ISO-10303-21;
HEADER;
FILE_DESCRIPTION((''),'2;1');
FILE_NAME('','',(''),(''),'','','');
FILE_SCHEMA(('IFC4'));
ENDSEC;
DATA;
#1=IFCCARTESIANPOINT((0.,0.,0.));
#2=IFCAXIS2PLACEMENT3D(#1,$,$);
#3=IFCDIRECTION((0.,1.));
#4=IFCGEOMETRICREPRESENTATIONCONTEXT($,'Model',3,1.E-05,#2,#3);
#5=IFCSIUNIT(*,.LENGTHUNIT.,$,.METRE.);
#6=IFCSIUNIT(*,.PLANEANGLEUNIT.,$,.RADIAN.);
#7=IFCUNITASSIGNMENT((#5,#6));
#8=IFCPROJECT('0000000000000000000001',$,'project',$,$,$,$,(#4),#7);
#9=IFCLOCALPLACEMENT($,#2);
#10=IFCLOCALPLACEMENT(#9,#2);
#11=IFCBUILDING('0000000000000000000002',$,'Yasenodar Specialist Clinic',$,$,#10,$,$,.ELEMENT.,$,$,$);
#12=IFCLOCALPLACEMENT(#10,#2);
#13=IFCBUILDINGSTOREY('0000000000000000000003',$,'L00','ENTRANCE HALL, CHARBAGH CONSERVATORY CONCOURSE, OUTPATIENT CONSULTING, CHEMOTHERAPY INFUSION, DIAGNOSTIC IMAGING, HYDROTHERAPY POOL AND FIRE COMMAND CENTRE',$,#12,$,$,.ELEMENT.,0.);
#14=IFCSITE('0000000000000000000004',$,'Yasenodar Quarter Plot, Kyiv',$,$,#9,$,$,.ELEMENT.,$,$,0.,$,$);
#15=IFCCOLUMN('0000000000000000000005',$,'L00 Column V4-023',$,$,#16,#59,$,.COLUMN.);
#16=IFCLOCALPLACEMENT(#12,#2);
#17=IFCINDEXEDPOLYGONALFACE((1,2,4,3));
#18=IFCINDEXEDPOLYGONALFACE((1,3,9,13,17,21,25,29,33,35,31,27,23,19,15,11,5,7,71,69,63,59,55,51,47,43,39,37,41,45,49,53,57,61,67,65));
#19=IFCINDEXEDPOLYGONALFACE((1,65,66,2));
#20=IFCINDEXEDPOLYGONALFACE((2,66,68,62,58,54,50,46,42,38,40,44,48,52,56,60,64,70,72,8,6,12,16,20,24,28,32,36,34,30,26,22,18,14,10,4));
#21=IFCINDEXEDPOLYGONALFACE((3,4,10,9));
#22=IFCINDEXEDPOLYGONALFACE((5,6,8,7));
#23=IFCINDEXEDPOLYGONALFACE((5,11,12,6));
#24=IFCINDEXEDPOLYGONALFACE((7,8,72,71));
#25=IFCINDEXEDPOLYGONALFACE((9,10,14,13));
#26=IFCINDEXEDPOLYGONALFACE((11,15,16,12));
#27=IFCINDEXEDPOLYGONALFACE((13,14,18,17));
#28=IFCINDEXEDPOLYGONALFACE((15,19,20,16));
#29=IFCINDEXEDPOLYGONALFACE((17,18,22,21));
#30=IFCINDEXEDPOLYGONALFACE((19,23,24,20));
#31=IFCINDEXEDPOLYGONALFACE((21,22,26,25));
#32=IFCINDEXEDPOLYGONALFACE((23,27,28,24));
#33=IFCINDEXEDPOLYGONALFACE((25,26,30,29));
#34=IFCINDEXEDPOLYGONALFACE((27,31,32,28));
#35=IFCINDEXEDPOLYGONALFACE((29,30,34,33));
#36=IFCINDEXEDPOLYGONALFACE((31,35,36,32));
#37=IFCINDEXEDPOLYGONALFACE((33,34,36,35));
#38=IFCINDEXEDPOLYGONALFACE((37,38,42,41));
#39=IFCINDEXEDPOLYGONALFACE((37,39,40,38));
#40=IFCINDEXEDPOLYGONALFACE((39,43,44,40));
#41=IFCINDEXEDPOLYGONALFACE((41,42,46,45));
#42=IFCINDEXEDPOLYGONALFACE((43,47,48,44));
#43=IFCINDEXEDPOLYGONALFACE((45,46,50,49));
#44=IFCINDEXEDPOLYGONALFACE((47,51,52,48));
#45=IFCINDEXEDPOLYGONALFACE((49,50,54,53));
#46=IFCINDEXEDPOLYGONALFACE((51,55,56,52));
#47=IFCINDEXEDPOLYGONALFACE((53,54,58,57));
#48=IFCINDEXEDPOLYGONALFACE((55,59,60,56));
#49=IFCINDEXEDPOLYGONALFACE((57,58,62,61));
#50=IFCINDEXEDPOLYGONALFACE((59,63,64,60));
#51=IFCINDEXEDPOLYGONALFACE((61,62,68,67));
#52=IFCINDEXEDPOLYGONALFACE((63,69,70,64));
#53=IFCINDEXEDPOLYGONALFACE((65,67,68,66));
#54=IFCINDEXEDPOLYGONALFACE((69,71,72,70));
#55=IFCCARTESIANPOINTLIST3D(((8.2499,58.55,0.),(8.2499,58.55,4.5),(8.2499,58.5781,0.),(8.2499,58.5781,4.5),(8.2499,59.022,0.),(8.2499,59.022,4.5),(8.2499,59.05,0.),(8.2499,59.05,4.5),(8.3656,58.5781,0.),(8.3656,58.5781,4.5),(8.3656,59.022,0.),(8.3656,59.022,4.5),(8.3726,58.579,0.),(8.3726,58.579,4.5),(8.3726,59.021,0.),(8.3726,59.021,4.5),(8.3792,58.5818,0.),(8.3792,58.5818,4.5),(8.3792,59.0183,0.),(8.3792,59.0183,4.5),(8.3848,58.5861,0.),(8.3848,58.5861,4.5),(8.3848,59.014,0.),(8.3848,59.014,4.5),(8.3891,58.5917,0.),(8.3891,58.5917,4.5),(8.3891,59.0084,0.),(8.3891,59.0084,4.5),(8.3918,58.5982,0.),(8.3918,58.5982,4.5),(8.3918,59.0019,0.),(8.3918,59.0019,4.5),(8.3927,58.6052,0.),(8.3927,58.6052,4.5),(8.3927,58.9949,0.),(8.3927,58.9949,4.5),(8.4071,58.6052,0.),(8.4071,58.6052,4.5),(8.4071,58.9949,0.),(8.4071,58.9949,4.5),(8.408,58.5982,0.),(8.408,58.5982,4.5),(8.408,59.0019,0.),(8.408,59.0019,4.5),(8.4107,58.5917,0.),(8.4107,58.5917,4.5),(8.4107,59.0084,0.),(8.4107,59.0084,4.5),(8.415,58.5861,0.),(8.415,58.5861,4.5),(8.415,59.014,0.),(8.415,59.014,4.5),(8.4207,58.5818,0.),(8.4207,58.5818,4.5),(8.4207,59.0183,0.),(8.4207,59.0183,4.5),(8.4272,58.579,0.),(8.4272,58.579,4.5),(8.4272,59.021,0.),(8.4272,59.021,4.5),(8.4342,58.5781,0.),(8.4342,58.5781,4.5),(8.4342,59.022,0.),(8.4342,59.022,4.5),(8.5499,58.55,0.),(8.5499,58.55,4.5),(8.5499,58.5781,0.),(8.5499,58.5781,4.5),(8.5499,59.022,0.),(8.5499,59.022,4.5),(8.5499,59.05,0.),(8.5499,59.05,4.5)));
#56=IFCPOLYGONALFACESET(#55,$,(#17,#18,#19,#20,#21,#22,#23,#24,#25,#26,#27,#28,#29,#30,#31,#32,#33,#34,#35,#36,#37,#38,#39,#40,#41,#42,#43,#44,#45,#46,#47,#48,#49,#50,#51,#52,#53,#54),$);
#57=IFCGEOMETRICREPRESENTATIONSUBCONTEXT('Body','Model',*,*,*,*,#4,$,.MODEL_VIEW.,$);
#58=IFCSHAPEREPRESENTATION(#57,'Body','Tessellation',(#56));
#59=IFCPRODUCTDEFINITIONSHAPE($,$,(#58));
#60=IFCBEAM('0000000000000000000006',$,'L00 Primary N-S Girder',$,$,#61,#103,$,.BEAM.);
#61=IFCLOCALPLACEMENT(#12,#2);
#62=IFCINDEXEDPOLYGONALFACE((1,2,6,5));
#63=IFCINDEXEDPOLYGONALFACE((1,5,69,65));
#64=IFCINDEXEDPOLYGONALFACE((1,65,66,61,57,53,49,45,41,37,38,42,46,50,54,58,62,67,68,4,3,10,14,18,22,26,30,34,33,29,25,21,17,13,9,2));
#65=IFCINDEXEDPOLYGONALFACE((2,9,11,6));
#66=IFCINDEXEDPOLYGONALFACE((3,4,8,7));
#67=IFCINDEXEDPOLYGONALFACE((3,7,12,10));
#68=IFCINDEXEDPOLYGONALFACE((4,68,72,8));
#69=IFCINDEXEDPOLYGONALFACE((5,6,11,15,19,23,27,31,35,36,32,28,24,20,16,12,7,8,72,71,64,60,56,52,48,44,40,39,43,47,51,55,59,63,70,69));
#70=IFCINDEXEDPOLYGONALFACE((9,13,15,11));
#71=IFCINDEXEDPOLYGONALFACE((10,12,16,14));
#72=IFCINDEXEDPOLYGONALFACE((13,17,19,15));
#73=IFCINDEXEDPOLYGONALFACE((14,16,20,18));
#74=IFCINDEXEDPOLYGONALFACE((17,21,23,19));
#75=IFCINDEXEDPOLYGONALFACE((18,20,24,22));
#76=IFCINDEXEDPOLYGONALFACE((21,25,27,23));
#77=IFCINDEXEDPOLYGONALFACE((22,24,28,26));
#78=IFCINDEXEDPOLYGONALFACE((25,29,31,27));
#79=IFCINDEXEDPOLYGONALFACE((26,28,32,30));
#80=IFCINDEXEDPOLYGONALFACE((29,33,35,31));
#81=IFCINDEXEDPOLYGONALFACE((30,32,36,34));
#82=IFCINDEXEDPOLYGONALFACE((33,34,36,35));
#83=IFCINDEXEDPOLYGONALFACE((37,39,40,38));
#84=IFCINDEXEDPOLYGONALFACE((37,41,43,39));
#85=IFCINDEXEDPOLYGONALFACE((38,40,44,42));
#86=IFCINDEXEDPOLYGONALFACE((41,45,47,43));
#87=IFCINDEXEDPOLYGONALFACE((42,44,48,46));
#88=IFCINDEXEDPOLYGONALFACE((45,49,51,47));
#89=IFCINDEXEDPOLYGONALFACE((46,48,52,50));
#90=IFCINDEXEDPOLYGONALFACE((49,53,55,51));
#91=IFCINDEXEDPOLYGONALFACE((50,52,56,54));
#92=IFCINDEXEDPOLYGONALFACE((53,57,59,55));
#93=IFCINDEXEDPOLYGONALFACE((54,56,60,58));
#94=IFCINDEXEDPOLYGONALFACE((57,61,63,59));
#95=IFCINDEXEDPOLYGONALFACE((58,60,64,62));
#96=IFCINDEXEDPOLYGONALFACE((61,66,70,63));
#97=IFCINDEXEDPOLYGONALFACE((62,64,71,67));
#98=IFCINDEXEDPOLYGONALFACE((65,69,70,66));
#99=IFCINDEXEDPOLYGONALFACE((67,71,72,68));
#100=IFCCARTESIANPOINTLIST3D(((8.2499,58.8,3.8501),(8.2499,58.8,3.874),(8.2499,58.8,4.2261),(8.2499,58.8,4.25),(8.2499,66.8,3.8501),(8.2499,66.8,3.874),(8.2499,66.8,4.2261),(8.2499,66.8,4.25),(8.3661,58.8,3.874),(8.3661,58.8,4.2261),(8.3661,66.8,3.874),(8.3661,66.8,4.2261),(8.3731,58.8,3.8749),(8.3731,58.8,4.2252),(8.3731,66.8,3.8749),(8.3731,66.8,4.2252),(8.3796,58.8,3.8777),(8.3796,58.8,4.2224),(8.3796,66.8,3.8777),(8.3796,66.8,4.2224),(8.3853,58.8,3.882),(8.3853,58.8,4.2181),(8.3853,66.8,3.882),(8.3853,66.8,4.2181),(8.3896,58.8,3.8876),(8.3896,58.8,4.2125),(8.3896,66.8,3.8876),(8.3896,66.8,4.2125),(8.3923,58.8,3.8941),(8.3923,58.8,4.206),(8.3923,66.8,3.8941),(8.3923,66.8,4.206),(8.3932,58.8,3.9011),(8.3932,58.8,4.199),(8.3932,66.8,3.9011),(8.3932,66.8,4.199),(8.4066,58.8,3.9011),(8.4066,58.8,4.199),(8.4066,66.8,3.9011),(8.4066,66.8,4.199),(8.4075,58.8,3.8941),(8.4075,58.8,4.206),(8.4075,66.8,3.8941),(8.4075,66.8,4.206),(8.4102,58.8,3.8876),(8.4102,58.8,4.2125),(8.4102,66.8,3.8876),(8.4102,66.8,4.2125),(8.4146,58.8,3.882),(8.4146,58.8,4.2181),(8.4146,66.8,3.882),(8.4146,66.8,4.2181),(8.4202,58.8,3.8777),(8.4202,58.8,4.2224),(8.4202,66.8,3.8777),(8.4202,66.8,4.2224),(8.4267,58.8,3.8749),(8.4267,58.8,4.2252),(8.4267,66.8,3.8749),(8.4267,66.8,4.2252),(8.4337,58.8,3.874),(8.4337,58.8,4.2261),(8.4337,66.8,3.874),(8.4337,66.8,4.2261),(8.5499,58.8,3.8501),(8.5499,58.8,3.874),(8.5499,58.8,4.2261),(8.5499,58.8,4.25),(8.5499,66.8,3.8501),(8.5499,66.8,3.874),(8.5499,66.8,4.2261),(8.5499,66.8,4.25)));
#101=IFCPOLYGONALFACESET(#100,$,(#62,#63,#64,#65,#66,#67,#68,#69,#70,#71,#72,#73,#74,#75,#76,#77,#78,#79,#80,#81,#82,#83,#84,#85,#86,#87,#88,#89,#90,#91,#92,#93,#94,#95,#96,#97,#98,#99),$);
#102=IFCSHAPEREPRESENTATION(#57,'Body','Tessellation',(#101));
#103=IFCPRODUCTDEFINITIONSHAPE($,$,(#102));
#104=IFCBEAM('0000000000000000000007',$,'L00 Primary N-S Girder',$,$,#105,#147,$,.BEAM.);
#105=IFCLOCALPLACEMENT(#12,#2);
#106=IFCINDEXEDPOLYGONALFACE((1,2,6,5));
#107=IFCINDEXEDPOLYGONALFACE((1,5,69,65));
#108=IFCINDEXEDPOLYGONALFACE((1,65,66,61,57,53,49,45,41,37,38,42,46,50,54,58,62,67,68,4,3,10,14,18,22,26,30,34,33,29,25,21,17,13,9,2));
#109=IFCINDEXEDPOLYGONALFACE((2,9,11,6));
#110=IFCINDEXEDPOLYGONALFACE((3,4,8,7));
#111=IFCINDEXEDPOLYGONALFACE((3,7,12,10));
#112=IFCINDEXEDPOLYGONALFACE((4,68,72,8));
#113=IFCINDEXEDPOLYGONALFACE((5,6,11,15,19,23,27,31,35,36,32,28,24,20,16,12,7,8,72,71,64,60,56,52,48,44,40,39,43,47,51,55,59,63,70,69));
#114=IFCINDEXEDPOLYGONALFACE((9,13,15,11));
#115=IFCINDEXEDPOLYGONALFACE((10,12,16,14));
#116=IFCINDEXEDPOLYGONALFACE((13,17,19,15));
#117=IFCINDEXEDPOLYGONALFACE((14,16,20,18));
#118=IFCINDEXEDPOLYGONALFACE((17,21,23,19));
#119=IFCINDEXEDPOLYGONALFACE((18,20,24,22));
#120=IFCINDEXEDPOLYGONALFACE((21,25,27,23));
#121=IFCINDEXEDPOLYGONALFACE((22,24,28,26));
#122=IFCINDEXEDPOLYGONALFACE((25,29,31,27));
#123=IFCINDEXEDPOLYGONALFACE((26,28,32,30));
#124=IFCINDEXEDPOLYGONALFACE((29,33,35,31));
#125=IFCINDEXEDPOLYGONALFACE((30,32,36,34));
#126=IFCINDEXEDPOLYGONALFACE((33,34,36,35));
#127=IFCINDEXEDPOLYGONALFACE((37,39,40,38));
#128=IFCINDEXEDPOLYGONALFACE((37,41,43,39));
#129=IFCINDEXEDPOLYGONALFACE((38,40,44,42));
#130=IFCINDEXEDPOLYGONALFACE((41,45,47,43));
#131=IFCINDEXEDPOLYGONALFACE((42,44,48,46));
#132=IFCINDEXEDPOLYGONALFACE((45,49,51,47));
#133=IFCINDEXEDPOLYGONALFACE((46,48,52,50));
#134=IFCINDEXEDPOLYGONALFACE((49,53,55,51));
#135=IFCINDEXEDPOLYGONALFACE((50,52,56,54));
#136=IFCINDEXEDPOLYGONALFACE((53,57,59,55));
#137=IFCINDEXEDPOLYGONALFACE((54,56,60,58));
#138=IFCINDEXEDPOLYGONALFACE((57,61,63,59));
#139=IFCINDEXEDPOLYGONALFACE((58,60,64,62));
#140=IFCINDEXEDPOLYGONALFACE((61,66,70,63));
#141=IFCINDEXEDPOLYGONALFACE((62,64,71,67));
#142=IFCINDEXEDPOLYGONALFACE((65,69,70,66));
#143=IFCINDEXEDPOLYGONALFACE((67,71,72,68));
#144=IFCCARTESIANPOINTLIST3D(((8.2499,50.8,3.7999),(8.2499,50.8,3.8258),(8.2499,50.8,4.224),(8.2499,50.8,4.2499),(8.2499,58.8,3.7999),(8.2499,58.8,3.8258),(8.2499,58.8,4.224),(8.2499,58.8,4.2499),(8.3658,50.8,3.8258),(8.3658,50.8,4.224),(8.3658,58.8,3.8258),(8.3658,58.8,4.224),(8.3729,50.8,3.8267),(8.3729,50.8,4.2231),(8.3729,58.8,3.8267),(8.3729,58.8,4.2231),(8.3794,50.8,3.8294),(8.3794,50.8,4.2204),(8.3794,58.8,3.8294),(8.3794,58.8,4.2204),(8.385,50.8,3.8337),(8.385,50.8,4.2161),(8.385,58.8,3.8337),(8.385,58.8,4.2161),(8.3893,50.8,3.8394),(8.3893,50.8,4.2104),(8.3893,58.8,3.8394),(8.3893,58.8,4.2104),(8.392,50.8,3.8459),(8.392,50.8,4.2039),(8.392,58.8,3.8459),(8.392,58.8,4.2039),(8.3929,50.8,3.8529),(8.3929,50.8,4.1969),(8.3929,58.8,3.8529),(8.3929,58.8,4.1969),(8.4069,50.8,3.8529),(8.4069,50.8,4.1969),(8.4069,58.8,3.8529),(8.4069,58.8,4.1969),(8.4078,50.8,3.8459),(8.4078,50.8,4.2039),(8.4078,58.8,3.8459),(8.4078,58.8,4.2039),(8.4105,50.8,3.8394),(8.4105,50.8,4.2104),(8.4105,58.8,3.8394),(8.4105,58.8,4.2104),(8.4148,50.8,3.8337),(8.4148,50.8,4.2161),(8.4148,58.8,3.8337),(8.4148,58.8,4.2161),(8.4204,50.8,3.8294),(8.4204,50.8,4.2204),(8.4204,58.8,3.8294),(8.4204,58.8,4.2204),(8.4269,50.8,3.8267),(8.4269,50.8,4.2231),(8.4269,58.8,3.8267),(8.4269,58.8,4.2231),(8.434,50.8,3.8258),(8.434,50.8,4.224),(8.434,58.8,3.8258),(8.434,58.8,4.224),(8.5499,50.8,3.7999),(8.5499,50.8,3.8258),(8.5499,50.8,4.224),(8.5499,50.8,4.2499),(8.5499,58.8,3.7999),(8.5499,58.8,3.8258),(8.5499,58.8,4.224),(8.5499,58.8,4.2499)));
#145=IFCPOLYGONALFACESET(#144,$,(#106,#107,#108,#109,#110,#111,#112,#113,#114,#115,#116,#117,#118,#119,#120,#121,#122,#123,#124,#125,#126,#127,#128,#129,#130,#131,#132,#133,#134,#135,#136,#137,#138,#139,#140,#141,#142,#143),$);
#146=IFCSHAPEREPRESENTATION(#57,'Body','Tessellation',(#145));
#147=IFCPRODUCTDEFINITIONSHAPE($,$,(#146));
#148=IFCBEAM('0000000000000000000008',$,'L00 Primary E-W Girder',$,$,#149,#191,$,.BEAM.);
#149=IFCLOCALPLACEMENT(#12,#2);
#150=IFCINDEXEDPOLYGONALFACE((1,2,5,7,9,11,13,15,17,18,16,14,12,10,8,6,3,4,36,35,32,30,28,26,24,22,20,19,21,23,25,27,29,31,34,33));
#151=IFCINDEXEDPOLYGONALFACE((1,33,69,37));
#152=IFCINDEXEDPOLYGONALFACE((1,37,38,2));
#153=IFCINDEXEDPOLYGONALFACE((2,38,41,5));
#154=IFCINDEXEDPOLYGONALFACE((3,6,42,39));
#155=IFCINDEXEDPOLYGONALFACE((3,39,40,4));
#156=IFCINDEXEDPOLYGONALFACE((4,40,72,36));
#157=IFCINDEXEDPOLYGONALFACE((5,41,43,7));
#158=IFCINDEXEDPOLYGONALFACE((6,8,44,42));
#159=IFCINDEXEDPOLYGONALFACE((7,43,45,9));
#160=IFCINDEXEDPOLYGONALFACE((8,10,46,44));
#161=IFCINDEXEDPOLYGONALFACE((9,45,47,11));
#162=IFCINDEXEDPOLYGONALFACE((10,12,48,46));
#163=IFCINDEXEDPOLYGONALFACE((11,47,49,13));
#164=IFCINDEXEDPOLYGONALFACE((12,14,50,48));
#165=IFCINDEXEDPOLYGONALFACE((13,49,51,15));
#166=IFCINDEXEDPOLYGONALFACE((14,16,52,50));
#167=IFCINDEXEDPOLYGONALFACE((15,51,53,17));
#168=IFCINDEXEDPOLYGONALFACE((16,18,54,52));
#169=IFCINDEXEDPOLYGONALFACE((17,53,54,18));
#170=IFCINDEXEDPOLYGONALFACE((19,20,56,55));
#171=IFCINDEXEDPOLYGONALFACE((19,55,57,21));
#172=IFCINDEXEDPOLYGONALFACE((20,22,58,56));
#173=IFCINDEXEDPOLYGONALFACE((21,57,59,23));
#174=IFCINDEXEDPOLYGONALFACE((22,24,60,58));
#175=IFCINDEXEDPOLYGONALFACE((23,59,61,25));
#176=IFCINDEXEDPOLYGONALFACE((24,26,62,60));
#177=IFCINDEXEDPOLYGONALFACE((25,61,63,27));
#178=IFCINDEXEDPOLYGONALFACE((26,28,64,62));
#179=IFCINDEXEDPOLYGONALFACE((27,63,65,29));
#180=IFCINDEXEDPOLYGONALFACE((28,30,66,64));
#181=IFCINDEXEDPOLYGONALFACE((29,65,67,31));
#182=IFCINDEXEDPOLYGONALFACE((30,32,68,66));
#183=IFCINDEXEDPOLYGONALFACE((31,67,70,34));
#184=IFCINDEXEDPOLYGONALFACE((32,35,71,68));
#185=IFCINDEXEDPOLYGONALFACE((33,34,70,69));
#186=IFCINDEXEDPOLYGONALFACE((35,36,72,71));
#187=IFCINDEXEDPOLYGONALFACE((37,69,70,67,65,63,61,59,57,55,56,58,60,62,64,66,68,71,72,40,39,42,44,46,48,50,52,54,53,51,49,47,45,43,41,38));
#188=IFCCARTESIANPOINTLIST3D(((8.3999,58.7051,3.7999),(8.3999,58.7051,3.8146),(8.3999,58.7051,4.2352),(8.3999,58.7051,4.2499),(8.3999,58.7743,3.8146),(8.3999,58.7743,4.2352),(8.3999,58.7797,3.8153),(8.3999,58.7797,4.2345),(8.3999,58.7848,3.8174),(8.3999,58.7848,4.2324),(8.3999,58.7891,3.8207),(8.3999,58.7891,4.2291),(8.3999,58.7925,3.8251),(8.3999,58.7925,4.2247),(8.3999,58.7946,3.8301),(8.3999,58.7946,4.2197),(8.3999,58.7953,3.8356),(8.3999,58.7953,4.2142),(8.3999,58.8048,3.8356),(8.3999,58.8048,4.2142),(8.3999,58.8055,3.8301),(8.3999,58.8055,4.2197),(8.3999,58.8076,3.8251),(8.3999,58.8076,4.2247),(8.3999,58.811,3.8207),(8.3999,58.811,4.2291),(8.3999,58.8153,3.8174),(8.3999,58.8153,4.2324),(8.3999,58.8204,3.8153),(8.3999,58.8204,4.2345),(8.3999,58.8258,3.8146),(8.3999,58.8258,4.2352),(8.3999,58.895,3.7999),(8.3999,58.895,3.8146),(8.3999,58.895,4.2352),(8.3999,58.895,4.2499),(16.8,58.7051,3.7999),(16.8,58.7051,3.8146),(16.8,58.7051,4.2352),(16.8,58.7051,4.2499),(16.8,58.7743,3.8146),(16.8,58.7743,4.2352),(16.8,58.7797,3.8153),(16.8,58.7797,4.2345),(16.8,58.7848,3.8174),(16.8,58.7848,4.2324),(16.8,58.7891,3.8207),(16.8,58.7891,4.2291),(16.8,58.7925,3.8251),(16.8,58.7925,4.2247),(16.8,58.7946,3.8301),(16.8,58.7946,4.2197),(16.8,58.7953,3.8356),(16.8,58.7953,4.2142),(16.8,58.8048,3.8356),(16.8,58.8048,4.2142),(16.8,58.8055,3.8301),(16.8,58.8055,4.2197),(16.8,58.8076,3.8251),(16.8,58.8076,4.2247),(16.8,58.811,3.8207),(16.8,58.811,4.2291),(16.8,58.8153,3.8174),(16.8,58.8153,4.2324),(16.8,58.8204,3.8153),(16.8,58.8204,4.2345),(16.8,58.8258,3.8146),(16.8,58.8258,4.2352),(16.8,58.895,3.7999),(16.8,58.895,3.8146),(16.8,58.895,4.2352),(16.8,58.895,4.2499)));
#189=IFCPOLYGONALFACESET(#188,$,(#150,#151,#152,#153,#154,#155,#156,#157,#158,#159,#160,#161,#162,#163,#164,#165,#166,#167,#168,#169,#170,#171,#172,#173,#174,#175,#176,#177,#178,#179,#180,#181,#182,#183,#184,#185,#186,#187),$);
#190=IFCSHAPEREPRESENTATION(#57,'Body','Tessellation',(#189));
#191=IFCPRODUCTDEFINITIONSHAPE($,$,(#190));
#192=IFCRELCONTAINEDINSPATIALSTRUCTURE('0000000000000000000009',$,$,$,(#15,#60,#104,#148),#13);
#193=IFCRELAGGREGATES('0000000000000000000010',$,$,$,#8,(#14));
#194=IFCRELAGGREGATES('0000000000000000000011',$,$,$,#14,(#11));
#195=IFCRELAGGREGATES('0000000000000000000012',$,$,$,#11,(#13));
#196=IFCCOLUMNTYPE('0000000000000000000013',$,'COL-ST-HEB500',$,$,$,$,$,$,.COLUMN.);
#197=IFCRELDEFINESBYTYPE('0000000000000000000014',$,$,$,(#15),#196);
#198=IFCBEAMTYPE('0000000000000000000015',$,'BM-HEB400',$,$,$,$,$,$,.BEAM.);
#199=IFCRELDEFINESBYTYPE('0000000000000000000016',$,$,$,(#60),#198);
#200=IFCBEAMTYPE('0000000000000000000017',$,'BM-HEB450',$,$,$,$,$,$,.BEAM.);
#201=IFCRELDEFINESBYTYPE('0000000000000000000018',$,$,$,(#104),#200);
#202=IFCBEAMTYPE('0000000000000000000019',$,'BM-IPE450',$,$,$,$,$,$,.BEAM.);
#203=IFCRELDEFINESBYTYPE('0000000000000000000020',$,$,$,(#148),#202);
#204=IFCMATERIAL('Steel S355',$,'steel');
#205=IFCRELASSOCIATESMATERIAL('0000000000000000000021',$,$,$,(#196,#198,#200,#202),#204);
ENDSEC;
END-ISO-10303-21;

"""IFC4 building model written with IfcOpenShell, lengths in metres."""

from ifc_helpers import new_model, si_unit, direction, frame, origin, origin_2d, place, context, subcontext, project, spatial, i_section, extrude, material, material_profile, profile_set, type_object, element, save


model = new_model("IFC4")

# Units and contexts
model_context = context("Model", 3, precision=1e-05, world=origin(), true_north=direction((0.0, 1.0)))
body_context = subcontext(model_context, "Body", "Model", "MODEL_VIEW")
ifc_project = project(units=[si_unit("LENGTHUNIT", "METRE"), si_unit("PLANEANGLEUNIT", "RADIAN")], contexts=[model_context])

# Site, building, storey
site_placement = place(None, origin())
site = spatial("IfcSite", under=ifc_project, at=site_placement, Name="Yasenodar Quarter Plot, Kyiv", CompositionType="ELEMENT", RefElevation=0.0)
building_placement = place(site_placement, origin())
building = spatial("IfcBuilding", under=site, at=building_placement, Name="Yasenodar Specialist Clinic", CompositionType="ELEMENT")
storey_placement = place(building_placement, origin())
storey = spatial("IfcBuildingStorey", under=building, at=storey_placement, Name="L00", Description="ENTRANCE HALL, CHARBAGH CONSERVATORY CONCOURSE, OUTPATIENT CONSULTING, CHEMOTHERAPY INFUSION, DIAGNOSTIC IMAGING, HYDROTHERAPY POOL AND FIRE COMMAND CENTRE", CompositionType="ELEMENT", Elevation=0.0)

# Column
ifc_material_1 = material(Name="Steel S355", Category="steel")
ifc_material_profile_1 = material_profile(ifc_material_1, i_section(OverallWidth=0.3, OverallDepth=0.5, WebThickness=0.0144, FlangeThickness=0.0281, FilletRadius=0.0271, at=origin_2d()), Name="HEB 500")
ifc_profile_set_1 = profile_set([ifc_material_profile_1], Name="Steel S355")
column_type = type_object("IfcColumnType", Name="COL-ST-HEB500", PredefinedType="COLUMN", material=ifc_profile_set_1)
column_placement = place(storey_placement, frame((8.3999, 58.8, 0.0), z_axis=(0.0, 0.0, 1.0), x_axis=(1.0, 0.0, 0.0)))
element("IfcColumn", 1, at=column_placement, inside=storey, type_object=column_type, Name="L00 Column V4-023", PredefinedType="COLUMN", context=body_context, shape_type="SweptSolid", body=[
    extrude(i_section(OverallWidth=0.3, OverallDepth=0.5, WebThickness=0.0144, FlangeThickness=0.0281, FilletRadius=0.0271, at=origin_2d()), origin(), (0.0, 0.0, 1.0), 4.5),
])

# Beams
ifc_material_profile_2 = material_profile(ifc_material_1, i_section(OverallWidth=0.3, OverallDepth=0.3999, WebThickness=0.0134, FlangeThickness=0.0239, FilletRadius=0.0271, at=origin_2d()), Name="HEB 400")
ifc_profile_set_2 = profile_set([ifc_material_profile_2], Name="Steel S355")
beam_type_1 = type_object("IfcBeamType", Name="BM-HEB400", PredefinedType="BEAM", material=ifc_profile_set_2)
beam_1_placement = place(storey_placement, frame((8.3999, 58.8, 4.05), z_axis=(0.0, 1.0, 0.0), x_axis=(-1.0, 0.0, 0.0)))
element("IfcBeam", 2, at=beam_1_placement, inside=storey, type_object=beam_type_1, Name="L00 Primary N-S Girder", PredefinedType="BEAM", context=body_context, shape_type="SweptSolid", body=[
    extrude(i_section(OverallWidth=0.3, OverallDepth=0.3999, WebThickness=0.0134, FlangeThickness=0.0239, FilletRadius=0.0271, at=origin_2d()), origin(), (0.0, 0.0, 1.0), 8.0),
])
ifc_material_profile_3 = material_profile(ifc_material_1, i_section(OverallWidth=0.3, OverallDepth=0.45, WebThickness=0.0139, FlangeThickness=0.0259, FilletRadius=0.0271, at=origin_2d()), Name="HEB 450")
ifc_profile_set_3 = profile_set([ifc_material_profile_3], Name="Steel S355")
beam_type_2 = type_object("IfcBeamType", Name="BM-HEB450", PredefinedType="BEAM", material=ifc_profile_set_3)
beam_2_placement = place(storey_placement, frame((8.3999, 50.8, 4.0249), z_axis=(0.0, 1.0, 0.0), x_axis=(-1.0, 0.0, 0.0)))
element("IfcBeam", 3, at=beam_2_placement, inside=storey, type_object=beam_type_2, Name="L00 Primary N-S Girder", PredefinedType="BEAM", context=body_context, shape_type="SweptSolid", body=[
    extrude(i_section(OverallWidth=0.3, OverallDepth=0.45, WebThickness=0.0139, FlangeThickness=0.0259, FilletRadius=0.0271, at=origin_2d()), origin(), (0.0, 0.0, 1.0), 8.0),
])
ifc_material_profile_4 = material_profile(ifc_material_1, i_section(OverallWidth=0.1899, OverallDepth=0.45, WebThickness=0.0095, FlangeThickness=0.0146, FilletRadius=0.021, at=origin_2d()), Name="IPE 450")
ifc_profile_set_4 = profile_set([ifc_material_profile_4], Name="Steel S355")
beam_type_3 = type_object("IfcBeamType", Name="BM-IPE450", PredefinedType="BEAM", material=ifc_profile_set_4)
beam_3_placement = place(storey_placement, frame((8.3999, 58.8, 4.0249), z_axis=(1.0, 0.0, 0.0), x_axis=(0.0, 1.0, 0.0)))
element("IfcBeam", 4, at=beam_3_placement, inside=storey, type_object=beam_type_3, Name="L00 Primary E-W Girder", PredefinedType="BEAM", context=body_context, shape_type="SweptSolid", body=[
    extrude(i_section(OverallWidth=0.1899, OverallDepth=0.45, WebThickness=0.0095, FlangeThickness=0.0146, FilletRadius=0.021, at=origin_2d()), origin(), (0.0, 0.0, 1.0), 8.4001),
])

save(model, "model.ifc")
